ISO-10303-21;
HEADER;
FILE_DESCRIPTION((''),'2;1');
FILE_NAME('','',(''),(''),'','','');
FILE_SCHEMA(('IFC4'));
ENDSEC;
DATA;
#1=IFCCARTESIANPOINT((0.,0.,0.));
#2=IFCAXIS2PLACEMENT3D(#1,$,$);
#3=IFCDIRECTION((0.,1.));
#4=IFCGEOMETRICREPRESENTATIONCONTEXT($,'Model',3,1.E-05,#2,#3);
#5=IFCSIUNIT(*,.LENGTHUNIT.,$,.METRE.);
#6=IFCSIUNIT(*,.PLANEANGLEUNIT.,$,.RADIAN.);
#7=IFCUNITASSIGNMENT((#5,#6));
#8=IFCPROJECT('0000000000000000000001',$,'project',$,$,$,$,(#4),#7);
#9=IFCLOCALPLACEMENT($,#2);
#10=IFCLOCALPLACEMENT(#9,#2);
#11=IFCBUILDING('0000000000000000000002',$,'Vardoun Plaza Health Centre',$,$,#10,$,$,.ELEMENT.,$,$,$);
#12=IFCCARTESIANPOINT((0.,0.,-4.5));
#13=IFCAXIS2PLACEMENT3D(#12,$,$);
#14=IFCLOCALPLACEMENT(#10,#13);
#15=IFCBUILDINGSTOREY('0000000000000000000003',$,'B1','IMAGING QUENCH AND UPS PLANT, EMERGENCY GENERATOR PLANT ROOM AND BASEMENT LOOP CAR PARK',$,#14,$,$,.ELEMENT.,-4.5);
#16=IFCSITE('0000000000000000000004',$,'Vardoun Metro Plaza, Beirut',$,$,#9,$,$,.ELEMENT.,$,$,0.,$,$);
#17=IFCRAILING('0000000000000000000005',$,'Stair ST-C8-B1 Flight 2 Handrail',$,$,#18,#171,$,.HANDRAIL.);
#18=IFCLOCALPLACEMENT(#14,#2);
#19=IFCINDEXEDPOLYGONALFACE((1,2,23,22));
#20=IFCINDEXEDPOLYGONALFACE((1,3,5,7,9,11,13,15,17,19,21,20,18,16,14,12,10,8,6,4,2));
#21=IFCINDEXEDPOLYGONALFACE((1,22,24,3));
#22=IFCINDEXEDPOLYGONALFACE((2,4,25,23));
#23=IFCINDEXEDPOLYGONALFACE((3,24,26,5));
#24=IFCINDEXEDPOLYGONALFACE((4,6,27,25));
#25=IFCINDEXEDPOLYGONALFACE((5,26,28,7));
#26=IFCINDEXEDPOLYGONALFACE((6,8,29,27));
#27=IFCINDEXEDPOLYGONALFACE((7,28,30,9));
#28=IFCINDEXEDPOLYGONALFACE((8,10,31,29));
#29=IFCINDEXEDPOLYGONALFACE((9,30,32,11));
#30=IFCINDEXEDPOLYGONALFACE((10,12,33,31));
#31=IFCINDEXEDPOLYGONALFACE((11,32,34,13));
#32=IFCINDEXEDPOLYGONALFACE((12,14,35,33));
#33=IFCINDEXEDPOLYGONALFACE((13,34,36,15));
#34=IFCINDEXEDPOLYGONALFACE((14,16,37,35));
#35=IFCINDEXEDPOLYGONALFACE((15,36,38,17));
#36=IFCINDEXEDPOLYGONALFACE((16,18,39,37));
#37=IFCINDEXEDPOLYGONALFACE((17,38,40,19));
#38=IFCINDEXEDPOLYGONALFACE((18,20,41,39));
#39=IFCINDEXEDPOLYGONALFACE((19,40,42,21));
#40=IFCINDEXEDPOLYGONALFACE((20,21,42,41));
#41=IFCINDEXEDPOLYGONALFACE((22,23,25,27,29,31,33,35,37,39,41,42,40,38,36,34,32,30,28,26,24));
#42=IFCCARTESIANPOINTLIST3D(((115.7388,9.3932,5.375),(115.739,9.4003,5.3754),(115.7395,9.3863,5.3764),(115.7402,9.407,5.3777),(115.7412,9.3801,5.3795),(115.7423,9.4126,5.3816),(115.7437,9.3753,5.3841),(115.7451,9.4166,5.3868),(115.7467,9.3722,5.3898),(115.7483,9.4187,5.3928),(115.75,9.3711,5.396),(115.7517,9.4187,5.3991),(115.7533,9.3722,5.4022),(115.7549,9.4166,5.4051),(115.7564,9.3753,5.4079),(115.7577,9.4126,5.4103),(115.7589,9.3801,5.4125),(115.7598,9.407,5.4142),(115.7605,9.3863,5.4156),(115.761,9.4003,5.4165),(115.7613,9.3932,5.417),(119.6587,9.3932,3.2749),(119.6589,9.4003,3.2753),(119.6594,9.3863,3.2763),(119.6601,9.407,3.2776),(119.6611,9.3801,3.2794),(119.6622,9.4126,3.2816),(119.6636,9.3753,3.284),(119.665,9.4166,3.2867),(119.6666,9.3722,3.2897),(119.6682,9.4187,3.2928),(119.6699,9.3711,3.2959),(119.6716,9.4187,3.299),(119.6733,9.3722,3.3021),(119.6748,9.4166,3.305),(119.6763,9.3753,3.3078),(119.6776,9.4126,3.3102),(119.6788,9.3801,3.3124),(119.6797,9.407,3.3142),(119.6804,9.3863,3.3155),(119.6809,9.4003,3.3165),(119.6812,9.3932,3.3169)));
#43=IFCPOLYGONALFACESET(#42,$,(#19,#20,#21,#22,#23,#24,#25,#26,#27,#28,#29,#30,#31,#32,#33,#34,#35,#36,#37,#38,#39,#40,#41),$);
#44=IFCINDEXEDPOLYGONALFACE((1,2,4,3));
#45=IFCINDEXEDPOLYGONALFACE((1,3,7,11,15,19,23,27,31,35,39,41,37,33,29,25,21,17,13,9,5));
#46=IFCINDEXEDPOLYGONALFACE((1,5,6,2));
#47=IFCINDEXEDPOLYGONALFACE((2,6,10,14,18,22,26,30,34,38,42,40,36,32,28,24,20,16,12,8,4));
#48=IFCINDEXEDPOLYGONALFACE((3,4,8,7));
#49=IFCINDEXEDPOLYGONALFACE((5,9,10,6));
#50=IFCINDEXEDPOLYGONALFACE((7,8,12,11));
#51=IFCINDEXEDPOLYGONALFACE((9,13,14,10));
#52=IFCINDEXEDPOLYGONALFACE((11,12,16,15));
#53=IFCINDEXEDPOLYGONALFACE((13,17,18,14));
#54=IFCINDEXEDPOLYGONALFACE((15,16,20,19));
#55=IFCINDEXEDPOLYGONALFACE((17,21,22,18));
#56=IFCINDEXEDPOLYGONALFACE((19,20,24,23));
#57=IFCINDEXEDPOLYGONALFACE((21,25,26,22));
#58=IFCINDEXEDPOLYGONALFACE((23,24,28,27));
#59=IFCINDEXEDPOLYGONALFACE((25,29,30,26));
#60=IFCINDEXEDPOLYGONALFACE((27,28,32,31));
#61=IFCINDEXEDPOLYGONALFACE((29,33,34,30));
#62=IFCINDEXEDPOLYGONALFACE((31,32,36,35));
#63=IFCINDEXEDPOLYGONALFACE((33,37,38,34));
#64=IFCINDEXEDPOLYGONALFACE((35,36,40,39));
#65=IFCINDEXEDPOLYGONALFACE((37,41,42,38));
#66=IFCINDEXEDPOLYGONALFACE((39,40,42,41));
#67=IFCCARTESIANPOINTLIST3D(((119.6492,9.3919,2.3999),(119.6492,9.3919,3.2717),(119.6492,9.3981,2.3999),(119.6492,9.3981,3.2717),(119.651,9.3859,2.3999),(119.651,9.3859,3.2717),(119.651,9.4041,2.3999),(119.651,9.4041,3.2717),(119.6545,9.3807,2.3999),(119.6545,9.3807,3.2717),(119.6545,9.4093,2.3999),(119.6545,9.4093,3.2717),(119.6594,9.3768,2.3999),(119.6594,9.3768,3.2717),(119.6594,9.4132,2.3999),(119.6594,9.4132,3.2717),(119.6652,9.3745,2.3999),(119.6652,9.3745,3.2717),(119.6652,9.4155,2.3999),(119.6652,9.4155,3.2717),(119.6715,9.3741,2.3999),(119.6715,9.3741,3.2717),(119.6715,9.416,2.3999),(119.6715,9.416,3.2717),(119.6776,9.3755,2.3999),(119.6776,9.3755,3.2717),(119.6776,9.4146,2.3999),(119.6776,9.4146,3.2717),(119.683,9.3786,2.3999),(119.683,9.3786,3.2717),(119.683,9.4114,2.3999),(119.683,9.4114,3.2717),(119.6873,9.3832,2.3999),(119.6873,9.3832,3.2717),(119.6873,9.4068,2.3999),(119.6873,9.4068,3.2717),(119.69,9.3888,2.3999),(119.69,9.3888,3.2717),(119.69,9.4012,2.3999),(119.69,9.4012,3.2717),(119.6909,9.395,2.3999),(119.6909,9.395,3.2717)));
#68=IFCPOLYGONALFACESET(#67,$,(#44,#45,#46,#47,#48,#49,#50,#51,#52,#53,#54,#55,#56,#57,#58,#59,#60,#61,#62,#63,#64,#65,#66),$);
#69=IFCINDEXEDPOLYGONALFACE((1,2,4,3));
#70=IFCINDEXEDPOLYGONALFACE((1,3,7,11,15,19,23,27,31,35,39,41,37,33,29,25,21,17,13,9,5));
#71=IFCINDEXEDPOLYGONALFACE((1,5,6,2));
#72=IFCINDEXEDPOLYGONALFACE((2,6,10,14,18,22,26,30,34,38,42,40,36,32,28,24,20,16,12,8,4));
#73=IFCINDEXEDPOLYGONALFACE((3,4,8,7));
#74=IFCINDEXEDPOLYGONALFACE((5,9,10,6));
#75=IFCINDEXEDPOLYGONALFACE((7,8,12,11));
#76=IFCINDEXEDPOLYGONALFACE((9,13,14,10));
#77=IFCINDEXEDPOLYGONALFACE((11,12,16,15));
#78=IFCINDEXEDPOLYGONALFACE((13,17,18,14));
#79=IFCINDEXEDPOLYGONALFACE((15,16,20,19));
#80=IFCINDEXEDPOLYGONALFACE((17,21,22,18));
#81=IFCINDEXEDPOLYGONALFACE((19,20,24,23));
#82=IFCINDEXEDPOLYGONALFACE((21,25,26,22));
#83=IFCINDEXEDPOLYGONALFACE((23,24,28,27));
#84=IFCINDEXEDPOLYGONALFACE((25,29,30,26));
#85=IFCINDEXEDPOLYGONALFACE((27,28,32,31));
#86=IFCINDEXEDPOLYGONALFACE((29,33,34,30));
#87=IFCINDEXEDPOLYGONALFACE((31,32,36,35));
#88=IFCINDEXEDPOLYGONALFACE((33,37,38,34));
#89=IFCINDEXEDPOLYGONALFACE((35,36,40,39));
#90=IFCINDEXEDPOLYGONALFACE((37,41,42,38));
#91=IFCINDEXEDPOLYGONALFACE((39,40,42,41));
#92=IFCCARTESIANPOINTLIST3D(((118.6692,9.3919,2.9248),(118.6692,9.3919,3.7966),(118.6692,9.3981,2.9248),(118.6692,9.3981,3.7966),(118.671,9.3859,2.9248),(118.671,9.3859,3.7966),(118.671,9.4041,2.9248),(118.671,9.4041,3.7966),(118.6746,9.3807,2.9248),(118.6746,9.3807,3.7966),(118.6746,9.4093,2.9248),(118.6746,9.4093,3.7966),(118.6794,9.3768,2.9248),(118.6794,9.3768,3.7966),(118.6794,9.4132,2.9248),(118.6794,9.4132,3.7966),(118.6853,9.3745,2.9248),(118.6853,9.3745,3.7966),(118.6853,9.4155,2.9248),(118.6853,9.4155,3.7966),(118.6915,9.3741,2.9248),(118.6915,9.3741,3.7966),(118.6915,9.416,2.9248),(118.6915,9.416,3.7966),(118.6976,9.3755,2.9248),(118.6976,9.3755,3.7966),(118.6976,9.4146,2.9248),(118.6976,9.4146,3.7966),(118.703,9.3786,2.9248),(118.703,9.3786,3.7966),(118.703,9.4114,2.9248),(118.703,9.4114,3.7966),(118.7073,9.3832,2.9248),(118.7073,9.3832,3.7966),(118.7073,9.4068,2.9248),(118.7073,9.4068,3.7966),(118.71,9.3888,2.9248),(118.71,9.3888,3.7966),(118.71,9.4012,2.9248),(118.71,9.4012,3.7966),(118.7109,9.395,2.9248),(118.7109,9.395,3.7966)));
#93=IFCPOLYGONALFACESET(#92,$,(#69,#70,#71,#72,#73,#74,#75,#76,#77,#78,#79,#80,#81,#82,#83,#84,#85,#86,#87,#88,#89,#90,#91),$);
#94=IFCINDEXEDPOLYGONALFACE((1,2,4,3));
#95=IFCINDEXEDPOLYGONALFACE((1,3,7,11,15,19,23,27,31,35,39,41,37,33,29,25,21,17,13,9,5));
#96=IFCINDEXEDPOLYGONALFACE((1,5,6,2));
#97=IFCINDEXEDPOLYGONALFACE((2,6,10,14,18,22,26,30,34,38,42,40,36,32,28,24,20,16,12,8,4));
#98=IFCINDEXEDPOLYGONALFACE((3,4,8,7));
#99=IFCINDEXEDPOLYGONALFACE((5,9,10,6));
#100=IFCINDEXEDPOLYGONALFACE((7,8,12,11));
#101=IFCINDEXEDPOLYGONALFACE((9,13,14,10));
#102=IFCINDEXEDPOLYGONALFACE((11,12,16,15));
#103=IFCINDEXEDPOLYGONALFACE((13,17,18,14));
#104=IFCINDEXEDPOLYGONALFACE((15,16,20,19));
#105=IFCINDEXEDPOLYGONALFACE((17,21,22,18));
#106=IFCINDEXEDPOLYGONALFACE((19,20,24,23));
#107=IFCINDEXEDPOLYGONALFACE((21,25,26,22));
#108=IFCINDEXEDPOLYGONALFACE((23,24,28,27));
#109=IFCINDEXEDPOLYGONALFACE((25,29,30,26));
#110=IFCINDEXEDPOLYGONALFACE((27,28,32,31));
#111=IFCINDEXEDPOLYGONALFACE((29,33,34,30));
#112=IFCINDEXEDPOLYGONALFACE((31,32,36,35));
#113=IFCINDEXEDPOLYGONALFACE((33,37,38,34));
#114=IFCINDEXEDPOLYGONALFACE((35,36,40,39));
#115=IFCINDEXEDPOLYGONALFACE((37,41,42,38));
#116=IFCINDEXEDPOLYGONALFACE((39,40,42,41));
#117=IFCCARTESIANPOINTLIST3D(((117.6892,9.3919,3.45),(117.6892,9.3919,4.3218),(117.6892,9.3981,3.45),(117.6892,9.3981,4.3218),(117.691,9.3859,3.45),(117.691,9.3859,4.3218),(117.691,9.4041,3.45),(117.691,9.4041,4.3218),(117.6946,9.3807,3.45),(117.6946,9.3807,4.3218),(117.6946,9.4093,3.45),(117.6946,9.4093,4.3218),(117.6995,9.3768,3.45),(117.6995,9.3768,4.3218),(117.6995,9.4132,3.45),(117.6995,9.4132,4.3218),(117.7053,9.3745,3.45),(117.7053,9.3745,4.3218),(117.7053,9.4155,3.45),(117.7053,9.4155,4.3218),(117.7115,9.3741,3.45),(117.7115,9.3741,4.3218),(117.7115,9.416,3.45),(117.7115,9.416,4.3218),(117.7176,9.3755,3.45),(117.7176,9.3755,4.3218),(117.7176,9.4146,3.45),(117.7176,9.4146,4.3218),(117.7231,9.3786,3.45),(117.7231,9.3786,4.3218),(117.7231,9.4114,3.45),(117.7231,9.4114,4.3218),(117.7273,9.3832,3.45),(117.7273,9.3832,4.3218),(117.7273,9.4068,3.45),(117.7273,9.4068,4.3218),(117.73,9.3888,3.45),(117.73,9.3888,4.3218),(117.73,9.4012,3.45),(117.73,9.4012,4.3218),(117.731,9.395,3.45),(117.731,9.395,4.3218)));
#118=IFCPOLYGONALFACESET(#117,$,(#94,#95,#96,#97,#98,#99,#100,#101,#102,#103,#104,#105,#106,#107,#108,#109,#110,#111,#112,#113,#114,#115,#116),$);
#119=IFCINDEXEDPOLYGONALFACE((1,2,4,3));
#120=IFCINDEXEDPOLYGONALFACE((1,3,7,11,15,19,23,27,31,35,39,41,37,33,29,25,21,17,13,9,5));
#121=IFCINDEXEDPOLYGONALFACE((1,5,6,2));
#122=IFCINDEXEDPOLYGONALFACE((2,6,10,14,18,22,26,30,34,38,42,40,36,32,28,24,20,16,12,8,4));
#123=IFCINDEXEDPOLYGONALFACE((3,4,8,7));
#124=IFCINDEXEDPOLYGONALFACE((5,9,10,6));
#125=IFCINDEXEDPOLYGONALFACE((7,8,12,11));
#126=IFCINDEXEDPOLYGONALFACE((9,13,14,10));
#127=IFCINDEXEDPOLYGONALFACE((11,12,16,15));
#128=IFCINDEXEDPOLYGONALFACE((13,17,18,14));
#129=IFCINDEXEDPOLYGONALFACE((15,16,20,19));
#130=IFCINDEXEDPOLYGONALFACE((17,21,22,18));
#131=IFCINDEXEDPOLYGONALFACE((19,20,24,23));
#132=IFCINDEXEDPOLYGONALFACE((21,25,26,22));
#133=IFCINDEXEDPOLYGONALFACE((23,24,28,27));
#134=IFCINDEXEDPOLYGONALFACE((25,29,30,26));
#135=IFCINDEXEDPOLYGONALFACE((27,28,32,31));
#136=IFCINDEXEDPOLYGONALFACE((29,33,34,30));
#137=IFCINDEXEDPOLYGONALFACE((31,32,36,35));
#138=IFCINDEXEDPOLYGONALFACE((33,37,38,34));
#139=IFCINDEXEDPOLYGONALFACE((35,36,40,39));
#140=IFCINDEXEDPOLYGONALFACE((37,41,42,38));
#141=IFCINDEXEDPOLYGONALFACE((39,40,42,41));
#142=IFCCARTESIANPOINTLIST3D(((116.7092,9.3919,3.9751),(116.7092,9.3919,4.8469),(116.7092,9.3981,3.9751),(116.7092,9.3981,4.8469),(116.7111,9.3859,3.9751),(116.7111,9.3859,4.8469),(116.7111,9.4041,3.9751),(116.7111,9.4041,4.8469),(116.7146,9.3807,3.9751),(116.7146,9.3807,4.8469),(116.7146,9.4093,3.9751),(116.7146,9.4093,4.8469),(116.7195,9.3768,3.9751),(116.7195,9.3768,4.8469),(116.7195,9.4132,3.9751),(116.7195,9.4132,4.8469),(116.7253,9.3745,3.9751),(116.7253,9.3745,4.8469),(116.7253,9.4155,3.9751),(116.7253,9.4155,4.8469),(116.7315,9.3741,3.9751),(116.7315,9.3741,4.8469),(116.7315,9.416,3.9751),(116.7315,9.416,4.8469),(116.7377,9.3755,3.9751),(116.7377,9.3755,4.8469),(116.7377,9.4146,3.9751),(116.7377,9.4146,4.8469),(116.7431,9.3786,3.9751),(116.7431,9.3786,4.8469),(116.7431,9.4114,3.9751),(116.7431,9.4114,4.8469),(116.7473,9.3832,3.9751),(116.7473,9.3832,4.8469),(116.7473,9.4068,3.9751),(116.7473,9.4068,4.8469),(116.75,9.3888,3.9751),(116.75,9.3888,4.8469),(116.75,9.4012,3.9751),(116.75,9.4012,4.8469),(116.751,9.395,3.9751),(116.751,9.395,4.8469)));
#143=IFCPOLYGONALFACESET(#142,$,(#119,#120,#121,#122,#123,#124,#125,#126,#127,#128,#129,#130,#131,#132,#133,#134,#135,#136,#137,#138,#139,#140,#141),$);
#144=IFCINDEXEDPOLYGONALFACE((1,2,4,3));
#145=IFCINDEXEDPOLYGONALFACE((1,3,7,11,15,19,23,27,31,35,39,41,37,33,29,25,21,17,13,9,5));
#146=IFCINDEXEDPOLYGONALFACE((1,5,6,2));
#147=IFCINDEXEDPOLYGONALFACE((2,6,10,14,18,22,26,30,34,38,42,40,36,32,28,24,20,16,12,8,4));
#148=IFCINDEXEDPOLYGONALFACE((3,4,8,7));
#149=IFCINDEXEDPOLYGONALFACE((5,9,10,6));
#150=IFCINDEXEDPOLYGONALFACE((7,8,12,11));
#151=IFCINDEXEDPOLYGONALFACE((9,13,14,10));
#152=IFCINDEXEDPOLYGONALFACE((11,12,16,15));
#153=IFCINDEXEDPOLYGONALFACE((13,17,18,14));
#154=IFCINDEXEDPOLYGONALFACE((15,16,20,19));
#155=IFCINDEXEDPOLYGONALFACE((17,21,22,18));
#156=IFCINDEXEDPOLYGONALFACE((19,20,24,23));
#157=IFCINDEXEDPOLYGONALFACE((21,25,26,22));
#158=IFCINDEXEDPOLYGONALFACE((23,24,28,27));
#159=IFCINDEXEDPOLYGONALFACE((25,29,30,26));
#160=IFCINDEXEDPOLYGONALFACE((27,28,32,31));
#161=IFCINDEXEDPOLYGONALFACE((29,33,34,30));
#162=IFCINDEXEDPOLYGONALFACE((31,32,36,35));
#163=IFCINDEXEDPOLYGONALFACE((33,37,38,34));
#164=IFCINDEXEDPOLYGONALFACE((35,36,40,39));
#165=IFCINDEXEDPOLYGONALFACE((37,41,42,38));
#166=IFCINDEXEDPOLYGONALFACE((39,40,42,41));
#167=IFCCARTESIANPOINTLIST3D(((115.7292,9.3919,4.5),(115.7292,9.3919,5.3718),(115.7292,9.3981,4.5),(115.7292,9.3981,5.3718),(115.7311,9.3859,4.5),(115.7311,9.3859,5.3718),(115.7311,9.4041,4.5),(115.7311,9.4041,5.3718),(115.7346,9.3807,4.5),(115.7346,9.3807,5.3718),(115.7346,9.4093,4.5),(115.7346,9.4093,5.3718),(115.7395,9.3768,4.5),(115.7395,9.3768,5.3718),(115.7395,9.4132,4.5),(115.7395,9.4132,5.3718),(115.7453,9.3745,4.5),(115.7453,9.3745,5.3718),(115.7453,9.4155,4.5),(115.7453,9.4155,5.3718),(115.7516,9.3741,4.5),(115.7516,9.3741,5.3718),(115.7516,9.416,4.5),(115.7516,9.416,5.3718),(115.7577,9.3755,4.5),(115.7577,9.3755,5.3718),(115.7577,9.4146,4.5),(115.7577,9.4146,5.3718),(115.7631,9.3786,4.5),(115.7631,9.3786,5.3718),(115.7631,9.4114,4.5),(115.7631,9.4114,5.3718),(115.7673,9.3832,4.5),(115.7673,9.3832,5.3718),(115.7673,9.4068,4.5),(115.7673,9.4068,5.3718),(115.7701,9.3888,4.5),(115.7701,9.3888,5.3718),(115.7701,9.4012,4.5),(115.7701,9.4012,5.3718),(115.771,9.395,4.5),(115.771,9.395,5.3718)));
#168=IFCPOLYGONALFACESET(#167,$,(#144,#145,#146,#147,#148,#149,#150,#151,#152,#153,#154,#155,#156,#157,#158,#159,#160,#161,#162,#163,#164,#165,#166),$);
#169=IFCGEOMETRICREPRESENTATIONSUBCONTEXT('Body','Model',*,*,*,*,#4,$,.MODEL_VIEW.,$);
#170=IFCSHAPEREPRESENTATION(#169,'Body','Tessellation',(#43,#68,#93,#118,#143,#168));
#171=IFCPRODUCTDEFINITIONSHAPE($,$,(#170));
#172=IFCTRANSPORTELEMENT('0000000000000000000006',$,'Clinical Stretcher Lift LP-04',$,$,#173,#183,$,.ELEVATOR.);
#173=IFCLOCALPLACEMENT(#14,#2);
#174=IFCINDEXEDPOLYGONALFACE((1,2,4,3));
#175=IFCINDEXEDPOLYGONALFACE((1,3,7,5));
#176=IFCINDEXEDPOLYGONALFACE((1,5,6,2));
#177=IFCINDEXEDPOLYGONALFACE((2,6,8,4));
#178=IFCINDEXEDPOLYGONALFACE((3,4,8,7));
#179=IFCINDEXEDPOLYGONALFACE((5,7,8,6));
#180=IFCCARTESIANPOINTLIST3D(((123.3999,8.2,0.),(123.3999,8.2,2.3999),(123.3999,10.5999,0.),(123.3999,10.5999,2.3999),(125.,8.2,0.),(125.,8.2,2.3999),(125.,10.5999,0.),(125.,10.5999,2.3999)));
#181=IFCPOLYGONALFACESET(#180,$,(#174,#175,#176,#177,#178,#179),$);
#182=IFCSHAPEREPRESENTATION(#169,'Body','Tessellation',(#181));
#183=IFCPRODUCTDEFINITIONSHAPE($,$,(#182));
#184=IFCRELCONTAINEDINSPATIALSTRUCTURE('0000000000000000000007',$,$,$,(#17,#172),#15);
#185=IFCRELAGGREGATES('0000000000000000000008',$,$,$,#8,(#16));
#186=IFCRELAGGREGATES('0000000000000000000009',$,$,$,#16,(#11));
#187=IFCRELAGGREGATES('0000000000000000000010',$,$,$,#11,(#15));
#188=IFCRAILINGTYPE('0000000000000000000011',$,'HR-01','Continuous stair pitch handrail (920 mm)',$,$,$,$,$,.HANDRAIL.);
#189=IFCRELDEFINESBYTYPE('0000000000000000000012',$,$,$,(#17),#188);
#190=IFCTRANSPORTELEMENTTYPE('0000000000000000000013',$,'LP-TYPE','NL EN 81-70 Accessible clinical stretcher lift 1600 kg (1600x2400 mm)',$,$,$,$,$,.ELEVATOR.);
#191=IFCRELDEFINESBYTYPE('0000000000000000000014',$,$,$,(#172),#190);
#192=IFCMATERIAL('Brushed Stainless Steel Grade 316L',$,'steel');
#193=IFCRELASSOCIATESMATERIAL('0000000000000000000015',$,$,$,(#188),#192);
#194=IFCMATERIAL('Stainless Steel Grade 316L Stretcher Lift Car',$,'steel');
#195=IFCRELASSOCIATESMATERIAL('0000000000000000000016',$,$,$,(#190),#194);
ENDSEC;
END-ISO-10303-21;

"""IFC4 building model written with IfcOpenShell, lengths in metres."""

from ifc_helpers import new_model, si_unit, direction, frame, origin, origin_2d, place, context, subcontext, project, spatial, rectangle, circle, extrude, material, type_object, element, save


model = new_model("IFC4")

# Units and contexts
model_context = context("Model", 3, precision=1e-05, world=origin(), true_north=direction((0.0, 1.0)))
body_context = subcontext(model_context, "Body", "Model", "MODEL_VIEW")
ifc_project = project(units=[si_unit("LENGTHUNIT", "METRE"), si_unit("PLANEANGLEUNIT", "RADIAN")], contexts=[model_context])

# Site, building, storey
site_placement = place(None, origin())
site = spatial("IfcSite", under=ifc_project, at=site_placement, Name="Vardoun Metro Plaza, Beirut", CompositionType="ELEMENT", RefElevation=0.0)
building_placement = place(site_placement, origin())
building = spatial("IfcBuilding", under=site, at=building_placement, Name="Vardoun Plaza Health Centre", CompositionType="ELEMENT")
storey_placement = place(building_placement, frame((0.0, 0.0, -4.5)))
storey = spatial("IfcBuildingStorey", under=building, at=storey_placement, Name="B1", Description="IMAGING QUENCH AND UPS PLANT, EMERGENCY GENERATOR PLANT ROOM AND BASEMENT LOOP CAR PARK", CompositionType="ELEMENT", Elevation=-4.5)

# Railing
ifc_material_1 = material(Name="Brushed Stainless Steel Grade 316L", Category="steel")
railing_type_1 = type_object("IfcRailingType", Name="HR-01", Description="Continuous stair pitch handrail (920 mm)", PredefinedType="HANDRAIL", material=ifc_material_1)
railing_1_placement = place(storey_placement, frame((119.6699, 9.395, 2.3999)))
element("IfcRailing", 1, at=railing_1_placement, inside=storey, type_object=railing_type_1, Name="Stair ST-C8-B1 Flight 2 Handrail", PredefinedType="HANDRAIL", context=body_context, shape_type="SweptSolid", body=[
    extrude(circle(Radius=0.0239, at=origin_2d()), frame((0.0, 0.0, 0.896), z_axis=(-0.881467, 0.0, 0.472246), x_axis=(0.0, -1.0, 0.0)), (0.0, 0.0, 1.0), 4.447),
    extrude(circle(Radius=0.021, at=origin_2d()), origin(), (0.0, 0.0, 1.0), 0.8718),
    extrude(circle(Radius=0.021, at=origin_2d()), frame((-0.98, 0.0, 0.5249)), (0.0, 0.0, 1.0), 0.8718),
    extrude(circle(Radius=0.021, at=origin_2d()), frame((-1.96, 0.0, 1.05)), (0.0, 0.0, 1.0), 0.8718),
    extrude(circle(Radius=0.021, at=origin_2d()), frame((-2.9399, 0.0, 1.5752)), (0.0, 0.0, 1.0), 0.8718),
    extrude(circle(Radius=0.021, at=origin_2d()), frame((-3.9199, 0.0, 2.1001)), (0.0, 0.0, 1.0), 0.8718),
])

# Transport element
ifc_material_2 = material(Name="Stainless Steel Grade 316L Stretcher Lift Car", Category="steel")
transport_element_type = type_object("IfcTransportElementType", Name="LP-TYPE", Description="NL EN 81-70 Accessible clinical stretcher lift 1600 kg (1600x2400 mm)", PredefinedType="ELEVATOR", material=ifc_material_2)
transport_element_placement = place(storey_placement, frame((124.2, 9.3999, 0.0), z_axis=(0.0, 0.0, 1.0), x_axis=(1.0, 0.0, 0.0)))
element("IfcTransportElement", 2, at=transport_element_placement, inside=storey, type_object=transport_element_type, Name="Clinical Stretcher Lift LP-04", PredefinedType="ELEVATOR", context=body_context, shape_type="SweptSolid", body=[
    extrude(rectangle(XDim=1.6001, YDim=2.3999, at=origin_2d()), origin(), (0.0, 0.0, 1.0), 2.3999),
])

save(model, "model.ifc")
